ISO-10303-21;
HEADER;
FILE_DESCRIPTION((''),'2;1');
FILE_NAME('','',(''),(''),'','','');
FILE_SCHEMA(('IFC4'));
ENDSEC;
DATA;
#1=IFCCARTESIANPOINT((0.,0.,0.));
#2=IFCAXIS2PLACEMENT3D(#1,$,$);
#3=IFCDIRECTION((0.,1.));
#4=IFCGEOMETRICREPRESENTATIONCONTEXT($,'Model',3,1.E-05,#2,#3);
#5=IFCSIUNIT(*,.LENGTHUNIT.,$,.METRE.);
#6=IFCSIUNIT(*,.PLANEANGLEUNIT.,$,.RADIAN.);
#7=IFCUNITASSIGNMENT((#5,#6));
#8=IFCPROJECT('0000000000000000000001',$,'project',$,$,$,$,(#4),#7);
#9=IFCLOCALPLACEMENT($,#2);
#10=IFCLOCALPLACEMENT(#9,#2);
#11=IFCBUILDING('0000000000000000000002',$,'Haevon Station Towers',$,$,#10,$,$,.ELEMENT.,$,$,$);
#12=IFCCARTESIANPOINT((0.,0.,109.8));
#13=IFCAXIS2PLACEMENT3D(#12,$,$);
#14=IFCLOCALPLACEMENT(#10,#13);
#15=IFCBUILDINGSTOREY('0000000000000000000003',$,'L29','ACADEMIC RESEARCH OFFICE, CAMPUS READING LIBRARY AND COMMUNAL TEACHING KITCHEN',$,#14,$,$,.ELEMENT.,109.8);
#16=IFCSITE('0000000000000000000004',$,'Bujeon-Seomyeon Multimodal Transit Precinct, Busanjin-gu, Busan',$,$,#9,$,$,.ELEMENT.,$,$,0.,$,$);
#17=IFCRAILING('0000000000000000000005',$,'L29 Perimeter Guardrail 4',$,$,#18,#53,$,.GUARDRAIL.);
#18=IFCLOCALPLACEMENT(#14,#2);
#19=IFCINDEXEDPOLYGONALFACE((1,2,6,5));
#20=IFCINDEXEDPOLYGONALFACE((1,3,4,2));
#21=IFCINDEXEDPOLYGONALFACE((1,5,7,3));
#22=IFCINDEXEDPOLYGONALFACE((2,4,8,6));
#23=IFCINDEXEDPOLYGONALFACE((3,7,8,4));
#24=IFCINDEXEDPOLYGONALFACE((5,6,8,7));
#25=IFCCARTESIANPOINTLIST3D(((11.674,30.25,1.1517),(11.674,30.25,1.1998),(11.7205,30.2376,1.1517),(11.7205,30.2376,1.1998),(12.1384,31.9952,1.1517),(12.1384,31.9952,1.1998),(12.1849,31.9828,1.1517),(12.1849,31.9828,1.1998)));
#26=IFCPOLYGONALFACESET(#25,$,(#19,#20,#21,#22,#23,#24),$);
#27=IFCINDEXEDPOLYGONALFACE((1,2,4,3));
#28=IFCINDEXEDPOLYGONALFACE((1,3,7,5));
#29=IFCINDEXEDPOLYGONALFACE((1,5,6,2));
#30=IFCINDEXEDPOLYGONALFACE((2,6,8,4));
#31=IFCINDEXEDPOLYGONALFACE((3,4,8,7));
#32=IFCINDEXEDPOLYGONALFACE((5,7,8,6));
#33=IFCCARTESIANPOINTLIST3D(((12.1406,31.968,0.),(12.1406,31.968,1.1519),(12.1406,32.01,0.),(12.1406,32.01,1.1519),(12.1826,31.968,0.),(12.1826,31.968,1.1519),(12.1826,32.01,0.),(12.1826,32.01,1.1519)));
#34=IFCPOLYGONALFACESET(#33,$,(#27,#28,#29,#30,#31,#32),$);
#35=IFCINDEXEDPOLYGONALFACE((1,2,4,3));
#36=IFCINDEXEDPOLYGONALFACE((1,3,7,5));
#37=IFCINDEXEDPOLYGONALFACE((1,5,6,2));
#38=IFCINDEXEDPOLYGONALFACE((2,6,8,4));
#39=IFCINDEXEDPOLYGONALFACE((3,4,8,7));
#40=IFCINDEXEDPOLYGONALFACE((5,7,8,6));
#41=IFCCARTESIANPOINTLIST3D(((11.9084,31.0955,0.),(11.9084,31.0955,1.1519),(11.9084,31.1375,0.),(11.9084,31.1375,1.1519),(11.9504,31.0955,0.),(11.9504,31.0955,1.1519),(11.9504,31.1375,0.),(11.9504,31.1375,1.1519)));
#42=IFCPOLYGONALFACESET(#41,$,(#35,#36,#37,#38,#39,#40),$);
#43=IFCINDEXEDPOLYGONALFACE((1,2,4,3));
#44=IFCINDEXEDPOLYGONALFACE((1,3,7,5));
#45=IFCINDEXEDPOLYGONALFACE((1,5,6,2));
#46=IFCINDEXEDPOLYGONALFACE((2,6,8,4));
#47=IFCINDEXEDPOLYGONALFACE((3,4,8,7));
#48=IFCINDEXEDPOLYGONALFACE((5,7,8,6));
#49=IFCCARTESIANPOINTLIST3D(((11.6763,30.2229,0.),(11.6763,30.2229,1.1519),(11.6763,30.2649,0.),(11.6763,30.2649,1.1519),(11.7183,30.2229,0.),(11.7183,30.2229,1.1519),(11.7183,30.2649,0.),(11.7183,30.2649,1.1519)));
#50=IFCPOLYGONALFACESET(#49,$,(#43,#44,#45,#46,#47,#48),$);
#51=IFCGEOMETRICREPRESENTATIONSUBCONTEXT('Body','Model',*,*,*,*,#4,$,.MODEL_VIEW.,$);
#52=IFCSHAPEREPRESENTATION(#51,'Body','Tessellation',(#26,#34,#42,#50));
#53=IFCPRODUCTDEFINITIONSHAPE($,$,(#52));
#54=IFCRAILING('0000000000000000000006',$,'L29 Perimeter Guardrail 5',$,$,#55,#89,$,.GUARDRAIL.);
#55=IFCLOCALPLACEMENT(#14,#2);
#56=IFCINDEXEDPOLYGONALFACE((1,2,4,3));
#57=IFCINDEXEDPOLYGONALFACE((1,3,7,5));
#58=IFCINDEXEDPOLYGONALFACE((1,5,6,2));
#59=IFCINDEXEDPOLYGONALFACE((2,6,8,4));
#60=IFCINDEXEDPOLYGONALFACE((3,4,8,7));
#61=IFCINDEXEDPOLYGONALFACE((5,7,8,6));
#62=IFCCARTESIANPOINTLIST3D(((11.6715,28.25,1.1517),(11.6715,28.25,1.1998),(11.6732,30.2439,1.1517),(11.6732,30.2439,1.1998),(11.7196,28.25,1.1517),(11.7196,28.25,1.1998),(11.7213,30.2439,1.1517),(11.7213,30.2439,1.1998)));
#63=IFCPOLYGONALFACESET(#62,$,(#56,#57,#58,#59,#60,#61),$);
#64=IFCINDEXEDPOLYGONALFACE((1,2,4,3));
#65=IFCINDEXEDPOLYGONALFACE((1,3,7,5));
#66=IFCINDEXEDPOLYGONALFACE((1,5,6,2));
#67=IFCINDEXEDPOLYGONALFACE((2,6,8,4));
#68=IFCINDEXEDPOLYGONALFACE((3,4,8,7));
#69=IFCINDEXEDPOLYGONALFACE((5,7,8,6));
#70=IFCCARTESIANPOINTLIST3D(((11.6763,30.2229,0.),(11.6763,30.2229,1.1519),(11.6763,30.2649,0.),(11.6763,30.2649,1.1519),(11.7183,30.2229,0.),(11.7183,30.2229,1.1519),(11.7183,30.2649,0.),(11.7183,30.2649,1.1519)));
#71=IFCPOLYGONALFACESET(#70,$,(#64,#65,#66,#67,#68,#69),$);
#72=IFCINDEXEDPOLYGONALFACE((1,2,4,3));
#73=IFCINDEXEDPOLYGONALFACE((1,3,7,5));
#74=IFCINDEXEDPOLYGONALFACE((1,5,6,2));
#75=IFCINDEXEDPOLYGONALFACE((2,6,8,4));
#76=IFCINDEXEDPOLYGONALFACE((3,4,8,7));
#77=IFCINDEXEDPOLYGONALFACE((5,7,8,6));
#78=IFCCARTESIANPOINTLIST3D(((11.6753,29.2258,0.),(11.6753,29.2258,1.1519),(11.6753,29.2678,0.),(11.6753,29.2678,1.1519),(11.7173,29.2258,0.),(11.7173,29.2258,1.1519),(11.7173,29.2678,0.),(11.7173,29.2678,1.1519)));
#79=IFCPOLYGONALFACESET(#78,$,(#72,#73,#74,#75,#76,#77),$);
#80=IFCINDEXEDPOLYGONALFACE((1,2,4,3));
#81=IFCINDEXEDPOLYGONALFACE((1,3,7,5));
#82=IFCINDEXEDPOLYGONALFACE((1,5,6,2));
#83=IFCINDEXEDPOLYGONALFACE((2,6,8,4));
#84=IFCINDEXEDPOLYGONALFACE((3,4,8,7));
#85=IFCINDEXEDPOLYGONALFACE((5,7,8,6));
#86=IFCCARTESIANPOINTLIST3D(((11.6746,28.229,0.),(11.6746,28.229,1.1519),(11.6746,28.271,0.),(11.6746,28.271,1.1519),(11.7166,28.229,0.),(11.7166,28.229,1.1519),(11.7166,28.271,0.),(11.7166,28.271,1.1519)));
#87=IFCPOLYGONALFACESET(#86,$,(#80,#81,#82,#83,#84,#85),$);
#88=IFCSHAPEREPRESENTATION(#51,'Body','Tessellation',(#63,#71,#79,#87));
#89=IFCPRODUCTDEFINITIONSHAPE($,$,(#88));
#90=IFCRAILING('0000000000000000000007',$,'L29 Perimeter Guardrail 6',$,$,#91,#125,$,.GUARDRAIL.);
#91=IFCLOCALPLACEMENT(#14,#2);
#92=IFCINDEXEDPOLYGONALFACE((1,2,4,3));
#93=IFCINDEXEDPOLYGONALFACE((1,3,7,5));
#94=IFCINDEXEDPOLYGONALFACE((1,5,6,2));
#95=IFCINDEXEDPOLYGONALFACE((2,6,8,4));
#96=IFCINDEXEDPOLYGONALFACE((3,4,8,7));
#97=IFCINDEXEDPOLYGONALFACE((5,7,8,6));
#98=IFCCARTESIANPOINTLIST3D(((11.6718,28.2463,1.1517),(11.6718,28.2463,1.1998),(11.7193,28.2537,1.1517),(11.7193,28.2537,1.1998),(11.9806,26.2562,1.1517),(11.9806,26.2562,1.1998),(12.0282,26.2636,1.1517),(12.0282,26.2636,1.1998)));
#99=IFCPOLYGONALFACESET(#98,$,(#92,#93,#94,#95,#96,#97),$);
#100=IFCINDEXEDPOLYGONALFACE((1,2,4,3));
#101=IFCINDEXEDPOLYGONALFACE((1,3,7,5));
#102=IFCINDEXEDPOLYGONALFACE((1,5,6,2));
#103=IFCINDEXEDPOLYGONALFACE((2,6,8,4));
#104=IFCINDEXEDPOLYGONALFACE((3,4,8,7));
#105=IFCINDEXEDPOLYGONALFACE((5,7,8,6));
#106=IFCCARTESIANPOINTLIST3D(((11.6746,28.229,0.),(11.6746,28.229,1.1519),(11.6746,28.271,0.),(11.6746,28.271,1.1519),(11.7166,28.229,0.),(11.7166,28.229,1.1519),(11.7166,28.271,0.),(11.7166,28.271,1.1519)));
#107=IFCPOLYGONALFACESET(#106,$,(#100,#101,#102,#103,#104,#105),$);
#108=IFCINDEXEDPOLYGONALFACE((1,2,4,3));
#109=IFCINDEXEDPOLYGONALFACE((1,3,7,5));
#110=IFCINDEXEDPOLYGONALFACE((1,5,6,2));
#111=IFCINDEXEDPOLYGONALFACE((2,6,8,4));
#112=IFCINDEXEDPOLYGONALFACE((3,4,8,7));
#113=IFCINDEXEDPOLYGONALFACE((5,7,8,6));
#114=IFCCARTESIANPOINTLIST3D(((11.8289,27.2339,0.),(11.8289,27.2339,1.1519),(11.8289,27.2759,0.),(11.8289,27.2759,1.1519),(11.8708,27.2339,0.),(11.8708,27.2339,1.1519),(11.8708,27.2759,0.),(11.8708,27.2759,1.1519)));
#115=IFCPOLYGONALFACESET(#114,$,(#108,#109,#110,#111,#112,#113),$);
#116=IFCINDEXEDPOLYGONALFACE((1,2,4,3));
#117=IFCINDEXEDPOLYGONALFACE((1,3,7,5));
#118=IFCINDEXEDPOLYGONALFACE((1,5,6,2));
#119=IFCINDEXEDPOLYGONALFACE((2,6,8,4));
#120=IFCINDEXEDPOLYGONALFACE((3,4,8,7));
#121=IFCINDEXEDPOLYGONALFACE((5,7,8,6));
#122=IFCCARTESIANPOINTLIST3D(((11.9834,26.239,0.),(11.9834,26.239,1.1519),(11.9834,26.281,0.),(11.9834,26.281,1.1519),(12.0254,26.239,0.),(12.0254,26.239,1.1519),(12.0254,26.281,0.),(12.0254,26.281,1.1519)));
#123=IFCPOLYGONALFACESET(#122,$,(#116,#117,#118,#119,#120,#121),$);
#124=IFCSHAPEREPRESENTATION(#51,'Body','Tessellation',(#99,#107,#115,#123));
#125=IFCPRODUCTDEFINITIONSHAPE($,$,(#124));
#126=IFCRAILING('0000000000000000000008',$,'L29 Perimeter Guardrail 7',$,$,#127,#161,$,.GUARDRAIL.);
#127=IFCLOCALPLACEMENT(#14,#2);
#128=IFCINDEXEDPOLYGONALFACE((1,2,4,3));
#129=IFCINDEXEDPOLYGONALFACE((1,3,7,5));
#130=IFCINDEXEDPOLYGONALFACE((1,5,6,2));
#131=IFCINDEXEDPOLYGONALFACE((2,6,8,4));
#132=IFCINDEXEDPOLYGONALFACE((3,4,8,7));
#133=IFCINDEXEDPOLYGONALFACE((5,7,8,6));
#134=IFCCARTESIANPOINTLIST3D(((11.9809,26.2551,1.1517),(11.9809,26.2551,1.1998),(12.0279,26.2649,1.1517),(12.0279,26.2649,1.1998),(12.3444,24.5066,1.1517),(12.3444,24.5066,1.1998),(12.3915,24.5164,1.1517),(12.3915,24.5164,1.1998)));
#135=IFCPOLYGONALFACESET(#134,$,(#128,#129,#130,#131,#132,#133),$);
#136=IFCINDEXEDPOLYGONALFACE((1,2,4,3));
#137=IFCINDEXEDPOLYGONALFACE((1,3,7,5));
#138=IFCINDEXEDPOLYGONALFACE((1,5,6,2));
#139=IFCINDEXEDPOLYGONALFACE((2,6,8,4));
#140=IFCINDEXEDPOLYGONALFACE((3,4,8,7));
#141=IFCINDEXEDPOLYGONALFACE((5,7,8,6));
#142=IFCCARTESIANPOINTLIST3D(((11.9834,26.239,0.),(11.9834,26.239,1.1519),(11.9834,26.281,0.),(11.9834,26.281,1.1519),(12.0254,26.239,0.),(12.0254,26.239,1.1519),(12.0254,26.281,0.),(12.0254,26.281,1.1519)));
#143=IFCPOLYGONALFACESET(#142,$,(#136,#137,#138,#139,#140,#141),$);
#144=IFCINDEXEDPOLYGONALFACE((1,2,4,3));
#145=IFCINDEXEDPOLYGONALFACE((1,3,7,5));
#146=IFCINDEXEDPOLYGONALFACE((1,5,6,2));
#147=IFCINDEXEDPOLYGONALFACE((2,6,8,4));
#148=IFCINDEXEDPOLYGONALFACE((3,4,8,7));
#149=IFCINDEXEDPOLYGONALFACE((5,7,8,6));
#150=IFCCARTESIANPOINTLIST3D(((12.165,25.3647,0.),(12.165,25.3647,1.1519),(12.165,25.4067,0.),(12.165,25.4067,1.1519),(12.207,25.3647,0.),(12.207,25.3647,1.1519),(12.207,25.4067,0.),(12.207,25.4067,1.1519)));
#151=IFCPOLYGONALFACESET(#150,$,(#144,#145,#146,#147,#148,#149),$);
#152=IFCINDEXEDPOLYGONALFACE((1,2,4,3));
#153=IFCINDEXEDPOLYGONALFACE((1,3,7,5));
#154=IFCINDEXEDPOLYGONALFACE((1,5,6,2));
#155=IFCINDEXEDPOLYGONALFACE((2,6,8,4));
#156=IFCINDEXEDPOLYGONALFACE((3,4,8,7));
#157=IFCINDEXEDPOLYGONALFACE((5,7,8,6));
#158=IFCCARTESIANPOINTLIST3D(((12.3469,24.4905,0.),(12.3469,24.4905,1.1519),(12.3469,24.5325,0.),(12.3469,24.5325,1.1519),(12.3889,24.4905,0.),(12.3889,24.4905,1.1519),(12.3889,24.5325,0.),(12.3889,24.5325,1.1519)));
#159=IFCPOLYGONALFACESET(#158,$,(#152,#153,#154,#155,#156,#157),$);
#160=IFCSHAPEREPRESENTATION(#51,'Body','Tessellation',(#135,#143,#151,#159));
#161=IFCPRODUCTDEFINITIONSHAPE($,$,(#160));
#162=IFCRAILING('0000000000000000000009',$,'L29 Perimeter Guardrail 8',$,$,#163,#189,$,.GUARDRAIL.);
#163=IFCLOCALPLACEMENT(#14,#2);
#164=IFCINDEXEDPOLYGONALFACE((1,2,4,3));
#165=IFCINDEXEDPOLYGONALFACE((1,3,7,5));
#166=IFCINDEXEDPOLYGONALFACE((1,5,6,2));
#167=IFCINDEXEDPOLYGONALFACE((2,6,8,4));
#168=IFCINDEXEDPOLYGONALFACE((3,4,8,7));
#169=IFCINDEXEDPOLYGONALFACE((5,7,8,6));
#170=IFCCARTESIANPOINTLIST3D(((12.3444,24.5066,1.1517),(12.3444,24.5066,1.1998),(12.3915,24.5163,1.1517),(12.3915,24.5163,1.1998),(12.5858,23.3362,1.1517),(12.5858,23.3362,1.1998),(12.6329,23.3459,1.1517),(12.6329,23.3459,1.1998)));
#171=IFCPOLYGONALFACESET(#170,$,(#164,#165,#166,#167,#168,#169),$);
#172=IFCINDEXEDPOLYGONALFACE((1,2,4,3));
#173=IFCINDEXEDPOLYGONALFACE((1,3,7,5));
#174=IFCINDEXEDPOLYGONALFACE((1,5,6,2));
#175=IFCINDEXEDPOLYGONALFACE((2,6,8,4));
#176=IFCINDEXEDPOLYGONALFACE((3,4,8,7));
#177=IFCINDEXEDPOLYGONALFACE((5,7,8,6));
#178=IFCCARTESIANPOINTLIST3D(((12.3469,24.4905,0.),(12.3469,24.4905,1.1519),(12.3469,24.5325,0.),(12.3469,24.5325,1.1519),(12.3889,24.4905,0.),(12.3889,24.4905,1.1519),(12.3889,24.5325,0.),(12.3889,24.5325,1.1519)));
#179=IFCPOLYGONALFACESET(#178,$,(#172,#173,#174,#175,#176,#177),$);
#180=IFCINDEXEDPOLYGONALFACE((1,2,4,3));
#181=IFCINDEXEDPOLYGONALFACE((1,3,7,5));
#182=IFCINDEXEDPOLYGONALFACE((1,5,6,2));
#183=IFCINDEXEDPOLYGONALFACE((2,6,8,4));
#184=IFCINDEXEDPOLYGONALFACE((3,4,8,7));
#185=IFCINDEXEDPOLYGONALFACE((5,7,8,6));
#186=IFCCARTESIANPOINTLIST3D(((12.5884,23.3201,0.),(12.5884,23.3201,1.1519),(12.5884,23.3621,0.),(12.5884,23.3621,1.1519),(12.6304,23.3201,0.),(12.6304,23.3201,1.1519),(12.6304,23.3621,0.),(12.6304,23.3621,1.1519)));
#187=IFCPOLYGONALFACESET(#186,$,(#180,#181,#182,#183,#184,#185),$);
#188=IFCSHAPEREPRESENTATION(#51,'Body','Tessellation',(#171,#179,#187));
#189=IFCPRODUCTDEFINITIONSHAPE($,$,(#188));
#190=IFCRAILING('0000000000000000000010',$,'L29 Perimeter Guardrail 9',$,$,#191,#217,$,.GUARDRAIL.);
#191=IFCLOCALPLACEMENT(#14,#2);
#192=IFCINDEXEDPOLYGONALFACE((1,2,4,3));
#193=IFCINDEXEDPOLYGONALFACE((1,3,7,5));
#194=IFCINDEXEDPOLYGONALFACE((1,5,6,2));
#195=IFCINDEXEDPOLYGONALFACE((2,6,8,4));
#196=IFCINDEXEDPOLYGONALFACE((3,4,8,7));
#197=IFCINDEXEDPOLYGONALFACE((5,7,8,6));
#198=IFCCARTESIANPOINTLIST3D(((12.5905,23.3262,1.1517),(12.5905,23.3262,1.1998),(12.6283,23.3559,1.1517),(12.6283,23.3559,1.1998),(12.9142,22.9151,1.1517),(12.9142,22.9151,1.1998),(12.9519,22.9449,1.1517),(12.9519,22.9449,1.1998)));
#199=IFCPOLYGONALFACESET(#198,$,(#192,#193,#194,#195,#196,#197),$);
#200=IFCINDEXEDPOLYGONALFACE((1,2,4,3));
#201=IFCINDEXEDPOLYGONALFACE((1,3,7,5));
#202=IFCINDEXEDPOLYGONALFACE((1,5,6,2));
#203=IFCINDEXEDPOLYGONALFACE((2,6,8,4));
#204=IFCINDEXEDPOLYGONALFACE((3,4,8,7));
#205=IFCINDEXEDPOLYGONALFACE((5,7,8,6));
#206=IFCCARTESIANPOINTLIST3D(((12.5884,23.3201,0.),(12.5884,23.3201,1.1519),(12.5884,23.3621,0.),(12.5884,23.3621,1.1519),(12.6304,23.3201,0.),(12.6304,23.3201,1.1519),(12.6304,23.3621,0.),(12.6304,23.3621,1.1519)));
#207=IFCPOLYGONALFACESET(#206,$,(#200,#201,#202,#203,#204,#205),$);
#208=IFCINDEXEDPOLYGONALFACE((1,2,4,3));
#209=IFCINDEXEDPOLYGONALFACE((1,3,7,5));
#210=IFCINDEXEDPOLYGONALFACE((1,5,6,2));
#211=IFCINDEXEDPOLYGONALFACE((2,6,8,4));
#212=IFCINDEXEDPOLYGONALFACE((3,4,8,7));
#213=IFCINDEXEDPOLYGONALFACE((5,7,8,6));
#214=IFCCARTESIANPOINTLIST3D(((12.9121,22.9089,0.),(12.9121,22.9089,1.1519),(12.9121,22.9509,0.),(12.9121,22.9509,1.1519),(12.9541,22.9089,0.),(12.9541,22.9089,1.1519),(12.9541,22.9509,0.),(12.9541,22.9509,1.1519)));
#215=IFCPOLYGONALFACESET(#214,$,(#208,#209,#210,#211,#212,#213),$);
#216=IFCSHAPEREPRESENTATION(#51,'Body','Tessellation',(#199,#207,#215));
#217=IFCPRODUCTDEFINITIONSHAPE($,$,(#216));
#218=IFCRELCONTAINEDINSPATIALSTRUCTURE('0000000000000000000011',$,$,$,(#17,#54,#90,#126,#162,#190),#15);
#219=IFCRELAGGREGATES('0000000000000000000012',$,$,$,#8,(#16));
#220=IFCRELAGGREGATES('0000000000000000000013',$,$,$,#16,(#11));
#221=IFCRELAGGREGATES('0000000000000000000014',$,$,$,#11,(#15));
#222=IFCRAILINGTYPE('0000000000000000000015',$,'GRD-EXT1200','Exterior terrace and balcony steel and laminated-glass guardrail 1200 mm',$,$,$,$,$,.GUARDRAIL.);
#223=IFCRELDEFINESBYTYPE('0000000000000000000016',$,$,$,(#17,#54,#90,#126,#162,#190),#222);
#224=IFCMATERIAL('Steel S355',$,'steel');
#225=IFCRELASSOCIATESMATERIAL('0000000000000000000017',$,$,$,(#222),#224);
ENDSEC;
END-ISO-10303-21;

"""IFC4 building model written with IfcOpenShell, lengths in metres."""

from ifc_helpers import new_model, si_unit, direction, frame, origin, origin_2d, place, context, subcontext, project, spatial, rectangle, extrude, material, type_object, element, save


model = new_model("IFC4")

# Units and contexts
model_context = context("Model", 3, precision=1e-05, world=origin(), true_north=direction((0.0, 1.0)))
body_context = subcontext(model_context, "Body", "Model", "MODEL_VIEW")
ifc_project = project(units=[si_unit("LENGTHUNIT", "METRE"), si_unit("PLANEANGLEUNIT", "RADIAN")], contexts=[model_context])

# Site, building, storey
site_placement = place(None, origin())
site = spatial("IfcSite", under=ifc_project, at=site_placement, Name="Bujeon-Seomyeon Multimodal Transit Precinct, Busanjin-gu, Busan", CompositionType="ELEMENT", RefElevation=0.0)
building_placement = place(site_placement, origin())
building = spatial("IfcBuilding", under=site, at=building_placement, Name="Haevon Station Towers", CompositionType="ELEMENT")
storey_placement = place(building_placement, frame((0.0, 0.0, 109.8)))
storey = spatial("IfcBuildingStorey", under=building, at=storey_placement, Name="L29", Description="ACADEMIC RESEARCH OFFICE, CAMPUS READING LIBRARY AND COMMUNAL TEACHING KITCHEN", CompositionType="ELEMENT", Elevation=109.8)

# Shared definitions
ifc_material_1 = material(Name="Steel S355", Category="steel")

# Railings
railing_type = type_object("IfcRailingType", Name="GRD-EXT1200", Description="Exterior terrace and balcony steel and laminated-glass guardrail 1200 mm", PredefinedType="GUARDRAIL", material=ifc_material_1)
railing_1_placement = place(storey_placement, frame((12.1616, 31.989, 0.0)))
element("IfcRailing", 1, at=railing_1_placement, inside=storey, type_object=railing_type, Name="L29 Perimeter Guardrail 4", PredefinedType="GUARDRAIL", context=body_context, shape_type="SweptSolid", body=[
    extrude(rectangle(XDim=0.0481, YDim=0.0481, at=origin_2d()), frame((0.0, 0.0, 1.1758), z_axis=(-0.257141, -0.966374, 0.0), x_axis=(0.966374, -0.257141, 0.0)), (0.0, 0.0, 1.0), 1.8059),
    extrude(rectangle(XDim=0.042, YDim=0.042, at=origin_2d()), origin(), (0.0, 0.0, 1.0), 1.1519),
    extrude(rectangle(XDim=0.042, YDim=0.042, at=origin_2d()), frame((-0.2322, -0.8726, 0.0)), (0.0, 0.0, 1.0), 1.1519),
    extrude(rectangle(XDim=0.042, YDim=0.042, at=origin_2d()), frame((-0.4644, -1.7451, 0.0)), (0.0, 0.0, 1.0), 1.1519),
])
railing_2_placement = place(storey_placement, frame((11.6973, 30.2439, 0.0)))
element("IfcRailing", 2, at=railing_2_placement, inside=storey, type_object=railing_type, Name="L29 Perimeter Guardrail 5", PredefinedType="GUARDRAIL", context=body_context, shape_type="SweptSolid", body=[
    extrude(rectangle(XDim=0.0481, YDim=0.0481, at=origin_2d()), frame((0.0, 0.0, 1.1758), z_axis=(-0.000857, -1.0, 0.0), x_axis=(1.0, -0.000857, 0.0)), (0.0, 0.0, 1.0), 1.9939),
    extrude(rectangle(XDim=0.042, YDim=0.042, at=origin_2d()), origin(), (0.0, 0.0, 1.0), 1.1519),
    extrude(rectangle(XDim=0.042, YDim=0.042, at=origin_2d()), frame((-0.001, -0.9971, 0.0)), (0.0, 0.0, 1.0), 1.1519),
    extrude(rectangle(XDim=0.042, YDim=0.042, at=origin_2d()), frame((-0.0017, -1.9939, 0.0)), (0.0, 0.0, 1.0), 1.1519),
])
railing_3_placement = place(storey_placement, frame((11.6956, 28.25, 0.0)))
element("IfcRailing", 3, at=railing_3_placement, inside=storey, type_object=railing_type, Name="L29 Perimeter Guardrail 6", PredefinedType="GUARDRAIL", context=body_context, shape_type="SweptSolid", body=[
    extrude(rectangle(XDim=0.0481, YDim=0.0481, at=origin_2d()), frame((0.0, 0.0, 1.1758), z_axis=(0.15336, -0.98817, 0.0), x_axis=(0.98817, 0.15336, 0.0)), (0.0, 0.0, 1.0), 2.0139),
    extrude(rectangle(XDim=0.042, YDim=0.042, at=origin_2d()), origin(), (0.0, 0.0, 1.0), 1.1519),
    extrude(rectangle(XDim=0.042, YDim=0.042, at=origin_2d()), frame((0.1543, -0.9951, 0.0)), (0.0, 0.0, 1.0), 1.1519),
    extrude(rectangle(XDim=0.042, YDim=0.042, at=origin_2d()), frame((0.3088, -1.99, 0.0)), (0.0, 0.0, 1.0), 1.1519),
])
railing_4_placement = place(storey_placement, frame((12.0044, 26.26, 0.0)))
element("IfcRailing", 4, at=railing_4_placement, inside=storey, type_object=railing_type, Name="L29 Perimeter Guardrail 7", PredefinedType="GUARDRAIL", context=body_context, shape_type="SweptSolid", body=[
    extrude(rectangle(XDim=0.0481, YDim=0.0481, at=origin_2d()), frame((0.0, 0.0, 1.1758), z_axis=(0.20355, -0.979064, 0.0), x_axis=(0.979064, 0.20355, 0.0)), (0.0, 0.0, 1.0), 1.7859),
    extrude(rectangle(XDim=0.042, YDim=0.042, at=origin_2d()), origin(), (0.0, 0.0, 1.0), 1.1519),
    extrude(rectangle(XDim=0.042, YDim=0.042, at=origin_2d()), frame((0.1816, -0.8743, 0.0)), (0.0, 0.0, 1.0), 1.1519),
    extrude(rectangle(XDim=0.042, YDim=0.042, at=origin_2d()), frame((0.3635, -1.7485, 0.0)), (0.0, 0.0, 1.0), 1.1519),
])
railing_5_placement = place(storey_placement, frame((12.3679, 24.5115, 0.0)))
element("IfcRailing", 5, at=railing_5_placement, inside=storey, type_object=railing_type, Name="L29 Perimeter Guardrail 8", PredefinedType="GUARDRAIL", context=body_context, shape_type="SweptSolid", body=[
    extrude(rectangle(XDim=0.0481, YDim=0.0481, at=origin_2d()), frame((0.0, 0.0, 1.1758), z_axis=(0.202045, -0.979376, 0.0), x_axis=(0.979376, 0.202045, 0.0)), (0.0, 0.0, 1.0), 1.1951),
    extrude(rectangle(XDim=0.042, YDim=0.042, at=origin_2d()), origin(), (0.0, 0.0, 1.0), 1.1519),
    extrude(rectangle(XDim=0.042, YDim=0.042, at=origin_2d()), frame((0.2415, -1.1704, 0.0)), (0.0, 0.0, 1.0), 1.1519),
])
railing_6_placement = place(storey_placement, frame((12.6094, 23.3411, 0.0)))
element("IfcRailing", 6, at=railing_6_placement, inside=storey, type_object=railing_type, Name="L29 Perimeter Guardrail 9", PredefinedType="GUARDRAIL", context=body_context, shape_type="SweptSolid", body=[
    extrude(rectangle(XDim=0.0481, YDim=0.0481, at=origin_2d()), frame((0.0, 0.0, 1.1758), z_axis=(0.618645, -0.78567, 0.0), x_axis=(0.78567, 0.618645, 0.0)), (0.0, 0.0, 1.0), 0.5232),
    extrude(rectangle(XDim=0.042, YDim=0.042, at=origin_2d()), origin(), (0.0, 0.0, 1.0), 1.1519),
    extrude(rectangle(XDim=0.042, YDim=0.042, at=origin_2d()), frame((0.3237, -0.4111, 0.0)), (0.0, 0.0, 1.0), 1.1519),
])

save(model, "model.ifc")
